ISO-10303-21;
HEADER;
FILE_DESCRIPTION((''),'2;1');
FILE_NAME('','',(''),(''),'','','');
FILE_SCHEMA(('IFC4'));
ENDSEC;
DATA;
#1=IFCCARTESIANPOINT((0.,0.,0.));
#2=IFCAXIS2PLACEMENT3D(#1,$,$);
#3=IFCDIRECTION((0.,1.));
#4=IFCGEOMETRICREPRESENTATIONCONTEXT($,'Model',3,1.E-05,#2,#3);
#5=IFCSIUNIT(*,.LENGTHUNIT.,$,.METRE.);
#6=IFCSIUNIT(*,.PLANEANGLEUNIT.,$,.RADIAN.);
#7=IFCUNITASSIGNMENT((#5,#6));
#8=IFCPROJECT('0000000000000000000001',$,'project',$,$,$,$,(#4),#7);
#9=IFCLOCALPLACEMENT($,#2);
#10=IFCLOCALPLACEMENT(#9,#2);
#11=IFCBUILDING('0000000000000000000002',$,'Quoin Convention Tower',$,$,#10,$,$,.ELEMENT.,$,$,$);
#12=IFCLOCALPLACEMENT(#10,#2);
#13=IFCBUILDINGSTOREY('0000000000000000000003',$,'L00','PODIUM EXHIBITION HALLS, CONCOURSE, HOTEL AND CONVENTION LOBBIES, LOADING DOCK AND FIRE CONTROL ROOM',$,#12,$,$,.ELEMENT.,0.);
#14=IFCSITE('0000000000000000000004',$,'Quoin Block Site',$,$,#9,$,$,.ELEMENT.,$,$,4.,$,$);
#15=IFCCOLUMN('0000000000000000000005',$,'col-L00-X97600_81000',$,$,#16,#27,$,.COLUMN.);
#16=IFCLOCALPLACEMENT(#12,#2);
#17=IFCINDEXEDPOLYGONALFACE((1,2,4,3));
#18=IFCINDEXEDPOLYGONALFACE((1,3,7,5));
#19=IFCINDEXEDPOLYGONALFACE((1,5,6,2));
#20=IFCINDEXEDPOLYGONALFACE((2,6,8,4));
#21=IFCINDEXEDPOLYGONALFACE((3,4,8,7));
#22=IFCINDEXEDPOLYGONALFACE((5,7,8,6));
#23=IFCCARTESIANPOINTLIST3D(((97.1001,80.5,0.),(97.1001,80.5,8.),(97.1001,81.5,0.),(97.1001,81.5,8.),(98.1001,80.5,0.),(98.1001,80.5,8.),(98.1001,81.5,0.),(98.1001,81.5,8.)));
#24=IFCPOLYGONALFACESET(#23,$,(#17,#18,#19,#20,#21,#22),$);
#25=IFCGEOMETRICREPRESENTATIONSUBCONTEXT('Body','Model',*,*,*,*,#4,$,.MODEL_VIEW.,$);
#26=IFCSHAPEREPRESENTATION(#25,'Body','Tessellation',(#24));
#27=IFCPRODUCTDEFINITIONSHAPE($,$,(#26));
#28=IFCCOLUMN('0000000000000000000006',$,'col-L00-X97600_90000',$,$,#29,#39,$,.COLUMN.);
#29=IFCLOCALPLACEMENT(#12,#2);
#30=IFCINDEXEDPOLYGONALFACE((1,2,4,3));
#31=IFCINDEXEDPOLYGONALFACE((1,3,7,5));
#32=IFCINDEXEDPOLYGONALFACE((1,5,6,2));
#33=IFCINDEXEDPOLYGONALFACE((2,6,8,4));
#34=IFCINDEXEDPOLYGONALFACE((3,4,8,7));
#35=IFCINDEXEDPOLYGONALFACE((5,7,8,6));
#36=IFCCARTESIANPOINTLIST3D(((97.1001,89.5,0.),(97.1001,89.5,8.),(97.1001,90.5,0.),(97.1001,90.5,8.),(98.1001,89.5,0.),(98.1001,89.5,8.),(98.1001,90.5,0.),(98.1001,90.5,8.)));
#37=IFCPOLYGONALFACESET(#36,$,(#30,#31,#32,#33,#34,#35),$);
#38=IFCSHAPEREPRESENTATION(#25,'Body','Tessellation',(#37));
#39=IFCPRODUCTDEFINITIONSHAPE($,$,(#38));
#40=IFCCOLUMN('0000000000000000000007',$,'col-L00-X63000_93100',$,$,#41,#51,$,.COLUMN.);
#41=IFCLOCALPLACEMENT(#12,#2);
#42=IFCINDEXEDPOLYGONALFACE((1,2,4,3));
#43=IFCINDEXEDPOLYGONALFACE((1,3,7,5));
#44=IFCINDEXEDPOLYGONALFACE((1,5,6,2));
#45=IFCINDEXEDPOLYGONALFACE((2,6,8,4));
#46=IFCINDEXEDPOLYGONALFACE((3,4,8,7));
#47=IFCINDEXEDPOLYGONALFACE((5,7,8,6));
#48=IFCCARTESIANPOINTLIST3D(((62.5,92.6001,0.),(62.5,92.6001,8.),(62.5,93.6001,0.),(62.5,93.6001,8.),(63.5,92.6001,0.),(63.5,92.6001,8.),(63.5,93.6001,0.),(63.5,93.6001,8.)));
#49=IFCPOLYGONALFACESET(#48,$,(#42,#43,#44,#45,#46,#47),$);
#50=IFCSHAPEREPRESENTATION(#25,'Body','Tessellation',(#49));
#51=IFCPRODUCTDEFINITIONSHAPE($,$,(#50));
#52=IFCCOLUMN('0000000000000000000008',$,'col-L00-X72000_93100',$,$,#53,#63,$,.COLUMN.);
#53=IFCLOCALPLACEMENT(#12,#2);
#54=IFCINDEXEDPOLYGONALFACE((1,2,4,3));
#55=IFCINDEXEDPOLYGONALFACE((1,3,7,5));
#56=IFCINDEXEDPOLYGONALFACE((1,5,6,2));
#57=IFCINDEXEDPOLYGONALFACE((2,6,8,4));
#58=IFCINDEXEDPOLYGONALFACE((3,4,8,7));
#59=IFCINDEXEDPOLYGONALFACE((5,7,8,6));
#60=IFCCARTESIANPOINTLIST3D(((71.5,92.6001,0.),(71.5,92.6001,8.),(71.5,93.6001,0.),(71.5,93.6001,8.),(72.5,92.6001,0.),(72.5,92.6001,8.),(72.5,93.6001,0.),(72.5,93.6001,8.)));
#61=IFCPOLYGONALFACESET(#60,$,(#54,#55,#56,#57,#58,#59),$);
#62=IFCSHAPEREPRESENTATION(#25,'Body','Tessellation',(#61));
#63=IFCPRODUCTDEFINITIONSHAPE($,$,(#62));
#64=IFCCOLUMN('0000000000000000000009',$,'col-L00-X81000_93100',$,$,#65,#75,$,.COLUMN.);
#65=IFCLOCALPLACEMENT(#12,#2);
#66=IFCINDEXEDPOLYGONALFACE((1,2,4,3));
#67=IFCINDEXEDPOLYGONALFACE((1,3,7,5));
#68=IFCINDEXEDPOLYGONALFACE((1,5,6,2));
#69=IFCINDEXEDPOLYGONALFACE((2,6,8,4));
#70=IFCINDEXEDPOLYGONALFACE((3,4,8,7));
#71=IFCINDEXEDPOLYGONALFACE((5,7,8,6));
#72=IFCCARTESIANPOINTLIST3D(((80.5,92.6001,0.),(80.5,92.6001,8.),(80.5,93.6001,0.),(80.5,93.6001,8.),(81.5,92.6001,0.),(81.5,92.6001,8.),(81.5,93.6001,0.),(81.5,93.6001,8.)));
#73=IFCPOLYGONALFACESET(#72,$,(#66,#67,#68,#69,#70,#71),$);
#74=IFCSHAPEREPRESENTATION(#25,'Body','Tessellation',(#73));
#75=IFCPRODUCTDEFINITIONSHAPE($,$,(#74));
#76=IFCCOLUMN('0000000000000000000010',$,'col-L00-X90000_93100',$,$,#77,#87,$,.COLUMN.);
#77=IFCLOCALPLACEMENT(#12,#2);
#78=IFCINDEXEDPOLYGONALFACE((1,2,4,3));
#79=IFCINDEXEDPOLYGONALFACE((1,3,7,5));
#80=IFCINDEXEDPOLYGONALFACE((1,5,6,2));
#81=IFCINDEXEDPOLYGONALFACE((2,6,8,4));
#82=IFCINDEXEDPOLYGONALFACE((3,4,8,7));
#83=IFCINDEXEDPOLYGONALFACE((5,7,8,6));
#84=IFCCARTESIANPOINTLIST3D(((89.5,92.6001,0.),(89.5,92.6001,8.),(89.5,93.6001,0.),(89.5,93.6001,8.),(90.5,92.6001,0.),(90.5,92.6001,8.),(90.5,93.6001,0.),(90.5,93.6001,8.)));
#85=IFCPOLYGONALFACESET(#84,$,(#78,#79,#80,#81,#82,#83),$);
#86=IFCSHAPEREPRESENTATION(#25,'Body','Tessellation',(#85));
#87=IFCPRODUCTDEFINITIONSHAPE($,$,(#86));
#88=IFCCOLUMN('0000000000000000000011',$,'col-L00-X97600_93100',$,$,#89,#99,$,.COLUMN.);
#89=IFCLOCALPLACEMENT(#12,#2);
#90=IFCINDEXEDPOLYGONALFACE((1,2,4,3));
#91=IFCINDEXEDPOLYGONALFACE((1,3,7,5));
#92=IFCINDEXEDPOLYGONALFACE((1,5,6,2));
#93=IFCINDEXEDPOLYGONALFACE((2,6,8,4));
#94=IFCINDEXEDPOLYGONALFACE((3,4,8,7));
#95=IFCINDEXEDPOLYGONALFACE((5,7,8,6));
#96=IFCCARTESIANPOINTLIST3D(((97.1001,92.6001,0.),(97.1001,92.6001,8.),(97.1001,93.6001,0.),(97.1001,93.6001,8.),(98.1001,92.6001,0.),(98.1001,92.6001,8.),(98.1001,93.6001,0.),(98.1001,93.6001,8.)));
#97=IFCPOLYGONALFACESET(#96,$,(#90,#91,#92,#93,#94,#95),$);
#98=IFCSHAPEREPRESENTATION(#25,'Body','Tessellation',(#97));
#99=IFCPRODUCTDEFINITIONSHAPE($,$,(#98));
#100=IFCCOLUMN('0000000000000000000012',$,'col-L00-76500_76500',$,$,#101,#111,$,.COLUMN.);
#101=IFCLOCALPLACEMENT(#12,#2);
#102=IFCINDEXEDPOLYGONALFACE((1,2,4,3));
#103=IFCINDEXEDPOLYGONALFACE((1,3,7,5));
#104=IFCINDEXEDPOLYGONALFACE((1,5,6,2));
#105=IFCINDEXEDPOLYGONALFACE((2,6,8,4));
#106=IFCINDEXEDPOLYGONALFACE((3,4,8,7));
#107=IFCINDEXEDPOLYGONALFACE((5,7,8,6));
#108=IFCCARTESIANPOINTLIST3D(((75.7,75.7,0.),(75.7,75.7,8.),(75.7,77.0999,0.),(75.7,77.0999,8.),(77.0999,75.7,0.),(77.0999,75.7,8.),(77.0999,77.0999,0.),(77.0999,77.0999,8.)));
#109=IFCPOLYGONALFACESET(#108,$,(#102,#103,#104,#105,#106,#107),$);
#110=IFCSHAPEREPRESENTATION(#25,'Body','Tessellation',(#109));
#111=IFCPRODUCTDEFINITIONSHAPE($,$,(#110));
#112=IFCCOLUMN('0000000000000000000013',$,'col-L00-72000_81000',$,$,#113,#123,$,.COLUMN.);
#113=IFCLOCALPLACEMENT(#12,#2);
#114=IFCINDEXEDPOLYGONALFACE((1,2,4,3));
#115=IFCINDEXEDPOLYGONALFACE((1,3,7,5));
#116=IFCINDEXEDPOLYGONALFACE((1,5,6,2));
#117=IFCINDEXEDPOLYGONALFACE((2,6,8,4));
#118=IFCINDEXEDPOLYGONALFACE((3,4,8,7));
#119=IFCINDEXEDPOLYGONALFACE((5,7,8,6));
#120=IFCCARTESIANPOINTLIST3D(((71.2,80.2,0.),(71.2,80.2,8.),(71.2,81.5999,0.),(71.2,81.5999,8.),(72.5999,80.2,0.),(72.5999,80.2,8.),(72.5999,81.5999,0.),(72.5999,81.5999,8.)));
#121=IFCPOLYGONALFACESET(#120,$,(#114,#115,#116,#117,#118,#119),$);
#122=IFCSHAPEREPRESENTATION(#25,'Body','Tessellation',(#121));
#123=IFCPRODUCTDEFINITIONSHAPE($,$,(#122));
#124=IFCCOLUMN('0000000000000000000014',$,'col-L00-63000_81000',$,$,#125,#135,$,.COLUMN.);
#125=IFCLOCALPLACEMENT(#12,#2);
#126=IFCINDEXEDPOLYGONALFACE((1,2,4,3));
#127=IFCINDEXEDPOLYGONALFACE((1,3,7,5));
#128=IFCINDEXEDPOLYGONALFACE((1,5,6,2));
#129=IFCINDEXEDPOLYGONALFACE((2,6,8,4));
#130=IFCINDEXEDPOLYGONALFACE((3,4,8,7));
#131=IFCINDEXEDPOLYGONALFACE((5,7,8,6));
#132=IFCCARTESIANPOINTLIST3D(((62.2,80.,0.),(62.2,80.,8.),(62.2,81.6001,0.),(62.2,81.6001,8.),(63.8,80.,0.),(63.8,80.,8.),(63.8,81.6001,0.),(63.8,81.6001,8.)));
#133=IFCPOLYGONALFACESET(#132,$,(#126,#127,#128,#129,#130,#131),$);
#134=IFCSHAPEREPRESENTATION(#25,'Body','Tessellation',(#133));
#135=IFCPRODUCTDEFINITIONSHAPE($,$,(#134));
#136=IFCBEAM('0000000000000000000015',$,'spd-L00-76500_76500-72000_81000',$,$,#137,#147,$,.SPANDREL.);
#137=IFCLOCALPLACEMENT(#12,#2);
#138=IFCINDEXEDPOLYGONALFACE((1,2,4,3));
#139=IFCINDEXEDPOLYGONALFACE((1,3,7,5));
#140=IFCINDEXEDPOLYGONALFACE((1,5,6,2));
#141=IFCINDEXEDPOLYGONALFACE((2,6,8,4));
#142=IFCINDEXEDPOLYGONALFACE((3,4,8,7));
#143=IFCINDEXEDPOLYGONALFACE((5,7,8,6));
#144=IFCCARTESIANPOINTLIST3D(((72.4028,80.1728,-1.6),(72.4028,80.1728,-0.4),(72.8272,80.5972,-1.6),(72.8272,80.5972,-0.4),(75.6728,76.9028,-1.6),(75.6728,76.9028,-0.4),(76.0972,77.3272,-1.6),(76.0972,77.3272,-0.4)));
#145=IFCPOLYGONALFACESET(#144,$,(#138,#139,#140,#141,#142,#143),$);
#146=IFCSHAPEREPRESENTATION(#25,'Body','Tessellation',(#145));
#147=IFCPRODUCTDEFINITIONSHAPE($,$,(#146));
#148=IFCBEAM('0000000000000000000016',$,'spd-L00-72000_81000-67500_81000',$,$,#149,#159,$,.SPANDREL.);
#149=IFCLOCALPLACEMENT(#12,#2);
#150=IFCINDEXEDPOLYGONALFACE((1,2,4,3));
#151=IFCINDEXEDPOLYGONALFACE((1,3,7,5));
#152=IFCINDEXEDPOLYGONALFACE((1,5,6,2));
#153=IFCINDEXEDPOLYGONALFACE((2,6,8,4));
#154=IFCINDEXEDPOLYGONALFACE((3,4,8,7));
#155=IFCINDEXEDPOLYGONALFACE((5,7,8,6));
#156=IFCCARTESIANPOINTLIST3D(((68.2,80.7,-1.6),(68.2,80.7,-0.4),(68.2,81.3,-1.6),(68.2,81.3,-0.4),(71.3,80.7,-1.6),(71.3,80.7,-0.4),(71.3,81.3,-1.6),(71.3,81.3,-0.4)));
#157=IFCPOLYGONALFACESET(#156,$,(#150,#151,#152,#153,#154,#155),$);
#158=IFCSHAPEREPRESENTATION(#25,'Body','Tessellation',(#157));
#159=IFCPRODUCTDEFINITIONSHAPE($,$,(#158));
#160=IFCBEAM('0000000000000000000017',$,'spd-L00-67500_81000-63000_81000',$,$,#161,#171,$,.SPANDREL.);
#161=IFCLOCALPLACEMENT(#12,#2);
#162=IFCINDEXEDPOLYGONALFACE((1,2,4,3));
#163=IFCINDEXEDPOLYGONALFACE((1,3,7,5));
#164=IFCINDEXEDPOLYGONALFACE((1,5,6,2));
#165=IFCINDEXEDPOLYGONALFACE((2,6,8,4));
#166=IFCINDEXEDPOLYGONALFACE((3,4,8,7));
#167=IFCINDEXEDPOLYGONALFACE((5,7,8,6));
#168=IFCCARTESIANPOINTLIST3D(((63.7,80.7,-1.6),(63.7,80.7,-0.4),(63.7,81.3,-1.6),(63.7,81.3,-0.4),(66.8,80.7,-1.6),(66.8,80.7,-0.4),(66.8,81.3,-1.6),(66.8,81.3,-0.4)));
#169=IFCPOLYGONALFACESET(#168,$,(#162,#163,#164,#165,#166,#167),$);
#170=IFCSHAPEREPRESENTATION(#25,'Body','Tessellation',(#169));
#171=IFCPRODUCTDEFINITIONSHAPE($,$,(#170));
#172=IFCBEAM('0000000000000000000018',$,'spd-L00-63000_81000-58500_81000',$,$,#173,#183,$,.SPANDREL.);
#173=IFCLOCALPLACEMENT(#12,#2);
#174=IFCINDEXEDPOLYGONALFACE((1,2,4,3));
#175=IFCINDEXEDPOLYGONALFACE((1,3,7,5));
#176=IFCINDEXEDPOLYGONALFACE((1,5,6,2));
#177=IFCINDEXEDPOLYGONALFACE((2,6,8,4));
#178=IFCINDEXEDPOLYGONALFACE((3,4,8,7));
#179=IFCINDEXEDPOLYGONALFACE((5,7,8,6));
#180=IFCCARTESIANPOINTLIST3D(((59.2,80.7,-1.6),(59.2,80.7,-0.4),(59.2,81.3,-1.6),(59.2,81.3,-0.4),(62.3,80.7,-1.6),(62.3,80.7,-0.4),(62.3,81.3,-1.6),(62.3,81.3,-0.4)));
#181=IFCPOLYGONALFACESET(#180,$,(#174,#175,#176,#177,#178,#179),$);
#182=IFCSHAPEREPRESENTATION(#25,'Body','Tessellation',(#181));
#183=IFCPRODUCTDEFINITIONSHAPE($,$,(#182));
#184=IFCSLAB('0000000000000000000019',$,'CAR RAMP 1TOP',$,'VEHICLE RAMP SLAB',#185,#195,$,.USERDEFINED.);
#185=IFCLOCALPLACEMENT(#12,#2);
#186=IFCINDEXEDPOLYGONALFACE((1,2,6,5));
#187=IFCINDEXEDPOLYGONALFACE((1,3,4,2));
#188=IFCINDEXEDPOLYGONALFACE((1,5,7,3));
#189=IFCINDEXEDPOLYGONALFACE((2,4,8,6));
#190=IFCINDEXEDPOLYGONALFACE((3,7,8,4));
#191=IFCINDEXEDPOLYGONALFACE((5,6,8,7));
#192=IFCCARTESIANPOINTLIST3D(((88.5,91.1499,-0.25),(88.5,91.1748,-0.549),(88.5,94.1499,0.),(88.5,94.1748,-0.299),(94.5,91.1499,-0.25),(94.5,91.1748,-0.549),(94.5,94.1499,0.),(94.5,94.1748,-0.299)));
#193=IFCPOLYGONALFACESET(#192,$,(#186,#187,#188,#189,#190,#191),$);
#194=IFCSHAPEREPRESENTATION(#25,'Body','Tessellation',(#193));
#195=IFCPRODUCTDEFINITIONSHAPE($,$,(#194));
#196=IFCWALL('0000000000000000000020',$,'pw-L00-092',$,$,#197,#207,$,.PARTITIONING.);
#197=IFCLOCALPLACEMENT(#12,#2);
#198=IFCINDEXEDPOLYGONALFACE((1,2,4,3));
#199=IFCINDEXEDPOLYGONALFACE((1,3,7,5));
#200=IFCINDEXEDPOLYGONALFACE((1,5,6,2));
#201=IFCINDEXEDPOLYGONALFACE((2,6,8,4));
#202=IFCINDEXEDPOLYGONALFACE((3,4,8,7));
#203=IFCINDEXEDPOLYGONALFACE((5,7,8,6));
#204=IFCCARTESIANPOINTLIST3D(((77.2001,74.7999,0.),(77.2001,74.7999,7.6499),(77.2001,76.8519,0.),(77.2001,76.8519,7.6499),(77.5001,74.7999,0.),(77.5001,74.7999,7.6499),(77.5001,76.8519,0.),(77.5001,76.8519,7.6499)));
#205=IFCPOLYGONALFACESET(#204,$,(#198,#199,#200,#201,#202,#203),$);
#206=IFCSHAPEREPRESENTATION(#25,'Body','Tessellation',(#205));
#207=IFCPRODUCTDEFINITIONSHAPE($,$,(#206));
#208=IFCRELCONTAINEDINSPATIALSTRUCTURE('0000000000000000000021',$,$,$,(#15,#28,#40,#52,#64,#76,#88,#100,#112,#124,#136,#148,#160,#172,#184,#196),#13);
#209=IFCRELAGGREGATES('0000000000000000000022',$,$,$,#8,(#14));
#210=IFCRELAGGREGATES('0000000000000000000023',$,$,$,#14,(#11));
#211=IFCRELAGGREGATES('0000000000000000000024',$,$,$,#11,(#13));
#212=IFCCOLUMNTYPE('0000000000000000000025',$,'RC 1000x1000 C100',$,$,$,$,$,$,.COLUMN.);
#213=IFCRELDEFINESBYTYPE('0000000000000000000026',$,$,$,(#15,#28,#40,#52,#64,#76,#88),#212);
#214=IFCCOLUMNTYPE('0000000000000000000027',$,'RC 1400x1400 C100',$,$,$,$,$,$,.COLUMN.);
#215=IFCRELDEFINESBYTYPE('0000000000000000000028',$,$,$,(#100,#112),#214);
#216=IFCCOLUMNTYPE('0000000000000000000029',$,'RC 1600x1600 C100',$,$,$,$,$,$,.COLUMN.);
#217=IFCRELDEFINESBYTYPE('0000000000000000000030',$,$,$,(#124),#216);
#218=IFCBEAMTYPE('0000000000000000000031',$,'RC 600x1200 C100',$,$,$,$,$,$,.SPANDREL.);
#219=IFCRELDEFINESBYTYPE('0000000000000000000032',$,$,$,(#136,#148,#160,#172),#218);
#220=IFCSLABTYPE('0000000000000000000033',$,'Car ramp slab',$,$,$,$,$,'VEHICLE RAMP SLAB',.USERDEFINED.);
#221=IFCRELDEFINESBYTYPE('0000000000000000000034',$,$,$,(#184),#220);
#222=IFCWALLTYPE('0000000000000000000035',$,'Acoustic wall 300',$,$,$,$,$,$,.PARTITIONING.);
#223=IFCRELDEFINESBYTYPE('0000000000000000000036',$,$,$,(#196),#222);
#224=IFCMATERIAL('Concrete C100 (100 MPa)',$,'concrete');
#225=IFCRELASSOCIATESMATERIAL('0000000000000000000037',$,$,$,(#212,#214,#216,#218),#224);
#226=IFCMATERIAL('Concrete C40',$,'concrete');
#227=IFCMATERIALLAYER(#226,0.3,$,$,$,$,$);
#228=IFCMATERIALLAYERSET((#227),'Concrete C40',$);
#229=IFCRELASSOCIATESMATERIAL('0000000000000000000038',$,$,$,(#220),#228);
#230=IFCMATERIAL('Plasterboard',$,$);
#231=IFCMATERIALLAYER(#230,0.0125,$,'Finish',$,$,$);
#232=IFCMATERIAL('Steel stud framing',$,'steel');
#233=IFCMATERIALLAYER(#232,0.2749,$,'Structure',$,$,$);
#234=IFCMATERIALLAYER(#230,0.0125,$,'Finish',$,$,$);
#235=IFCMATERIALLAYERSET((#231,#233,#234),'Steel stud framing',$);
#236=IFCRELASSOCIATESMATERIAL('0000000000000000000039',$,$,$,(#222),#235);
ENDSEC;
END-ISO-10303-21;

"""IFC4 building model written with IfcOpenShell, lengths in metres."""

from ifc_helpers import new_model, si_unit, direction, frame, frame_2d, origin, origin_2d, place, context, subcontext, project, spatial, polyline, rectangle, outline, extrude, material, layer, layer_set, material_profile, profile_set, type_object, element, save


model = new_model("IFC4")

# Units and contexts
model_context = context("Model", 3, precision=1e-05, world=origin(), true_north=direction((0.0, 1.0)))
body_context = subcontext(model_context, "Body", "Model", "MODEL_VIEW")
ifc_project = project(units=[si_unit("LENGTHUNIT", "METRE"), si_unit("PLANEANGLEUNIT", "RADIAN")], contexts=[model_context])

# Site, building, storey
site_placement = place(None, origin())
site = spatial("IfcSite", under=ifc_project, at=site_placement, Name="Quoin Block Site", CompositionType="ELEMENT", RefElevation=4.0)
building_placement = place(site_placement, origin())
building = spatial("IfcBuilding", under=site, at=building_placement, Name="Quoin Convention Tower", CompositionType="ELEMENT")
storey_placement = place(building_placement, origin())
storey = spatial("IfcBuildingStorey", under=building, at=storey_placement, Name="L00", Description="PODIUM EXHIBITION HALLS, CONCOURSE, HOTEL AND CONVENTION LOBBIES, LOADING DOCK AND FIRE CONTROL ROOM", CompositionType="ELEMENT", Elevation=0.0)

# Columns
ifc_material_1 = material(Name="Concrete C100 (100 MPa)", Category="concrete")
ifc_material_profile_1 = material_profile(ifc_material_1, rectangle(XDim=1.0, YDim=1.0, at=origin_2d()), Name="RC 1000x1000")
ifc_profile_set_1 = profile_set([ifc_material_profile_1], Name="Concrete C100 (100 MPa)")
column_type_1 = type_object("IfcColumnType", Name="RC 1000x1000 C100", PredefinedType="COLUMN", material=ifc_profile_set_1)
for number, where, z_axis, x_axis, name in (
    (1, (97.6001, 81.0, 0.0), (0.0, 0.0, 1.0), (1.0, 0.0, 0.0), "col-L00-X97600_81000"),
    (2, (97.6001, 90.0, 0.0), (0.0, 0.0, 1.0), (1.0, 0.0, 0.0), "col-L00-X97600_90000"),
    (3, (63.0, 93.1001, 0.0), (0.0, 0.0, 1.0), (1.0, 0.0, 0.0), "col-L00-X63000_93100"),
    (4, (72.0, 93.1001, 0.0), (0.0, 0.0, 1.0), (1.0, 0.0, 0.0), "col-L00-X72000_93100"),
    (5, (81.0, 93.1001, 0.0), (0.0, 0.0, 1.0), (1.0, 0.0, 0.0), "col-L00-X81000_93100"),
    (6, (90.0, 93.1001, 0.0), (0.0, 0.0, 1.0), (1.0, 0.0, 0.0), "col-L00-X90000_93100"),
    (7, (97.6001, 93.1001, 0.0), (0.0, 0.0, 1.0), (1.0, 0.0, 0.0), "col-L00-X97600_93100"),
):
    element("IfcColumn", number, at=place(storey_placement, frame(where, z_axis=z_axis, x_axis=x_axis)), inside=storey, type_object=column_type_1, Name=name, PredefinedType="COLUMN", context=body_context, shape_type="SweptSolid", body=[
        extrude(rectangle(XDim=1.0, YDim=1.0, at=origin_2d()), origin(), (0.0, 0.0, 1.0), 8.0),
    ])
ifc_material_profile_2 = material_profile(ifc_material_1, rectangle(XDim=1.3999, YDim=1.3999, at=origin_2d()), Name="RC 1400x1400")
ifc_profile_set_2 = profile_set([ifc_material_profile_2], Name="Concrete C100 (100 MPa)")
column_type_2 = type_object("IfcColumnType", Name="RC 1400x1400 C100", PredefinedType="COLUMN", material=ifc_profile_set_2)
for number, where, z_axis, x_axis, name in (
    (8, (76.3999, 76.3999, 0.0), (0.0, 0.0, 1.0), (1.0, 0.0, 0.0), "col-L00-76500_76500"),
    (9, (71.8999, 80.8999, 0.0), (0.0, 0.0, 1.0), (1.0, 0.0, 0.0), "col-L00-72000_81000"),
):
    element("IfcColumn", number, at=place(storey_placement, frame(where, z_axis=z_axis, x_axis=x_axis)), inside=storey, type_object=column_type_2, Name=name, PredefinedType="COLUMN", context=body_context, shape_type="SweptSolid", body=[
        extrude(rectangle(XDim=1.3999, YDim=1.3999, at=origin_2d()), origin(), (0.0, 0.0, 1.0), 8.0),
    ])
ifc_material_profile_3 = material_profile(ifc_material_1, rectangle(XDim=1.6001, YDim=1.6001, at=origin_2d()), Name="RC 1600x1600")
ifc_profile_set_3 = profile_set([ifc_material_profile_3], Name="Concrete C100 (100 MPa)")
column_type_3 = type_object("IfcColumnType", Name="RC 1600x1600 C100", PredefinedType="COLUMN", material=ifc_profile_set_3)
column_placement = place(storey_placement, frame((63.0, 80.8, 0.0), z_axis=(0.0, 0.0, 1.0), x_axis=(1.0, 0.0, 0.0)))
element("IfcColumn", 10, at=column_placement, inside=storey, type_object=column_type_3, Name="col-L00-63000_81000", PredefinedType="COLUMN", context=body_context, shape_type="SweptSolid", body=[
    extrude(rectangle(XDim=1.6001, YDim=1.6001, at=origin_2d()), origin(), (0.0, 0.0, 1.0), 8.0),
])

# Beams
ifc_material_profile_4 = material_profile(ifc_material_1, rectangle(XDim=0.6001, YDim=1.2, at=origin_2d()), Name="RC 600x1200")
ifc_profile_set_4 = profile_set([ifc_material_profile_4], Name="Concrete C100 (100 MPa)")
beam_type = type_object("IfcBeamType", Name="RC 600x1200 C100", PredefinedType="SPANDREL", material=ifc_profile_set_4)
beam_placement = place(storey_placement, frame((75.885, 77.115, -1.0), z_axis=(-0.707107, 0.707107, 0.0), x_axis=(-0.707107, -0.707107, 0.0)))
element("IfcBeam", 11, at=beam_placement, inside=storey, type_object=beam_type, Name="spd-L00-76500_76500-72000_81000", PredefinedType="SPANDREL", context=body_context, shape_type="SweptSolid", body=[
    extrude(rectangle(XDim=0.6001, YDim=1.2, at=origin_2d()), origin(), (0.0, 0.0, 1.0), 4.6245),
])
for number, where, z_axis, x_axis, name in (
    (12, (71.3, 81.0, -1.0), (-1.0, 0.0, 0.0), (0.0, -1.0, 0.0), "spd-L00-72000_81000-67500_81000"),
    (13, (66.8, 81.0, -1.0), (-1.0, 0.0, 0.0), (0.0, -1.0, 0.0), "spd-L00-67500_81000-63000_81000"),
    (14, (62.3, 81.0, -1.0), (-1.0, 0.0, 0.0), (0.0, -1.0, 0.0), "spd-L00-63000_81000-58500_81000"),
):
    element("IfcBeam", number, at=place(storey_placement, frame(where, z_axis=z_axis, x_axis=x_axis)), inside=storey, type_object=beam_type, Name=name, PredefinedType="SPANDREL", context=body_context, shape_type="SweptSolid", body=[
        extrude(rectangle(XDim=0.6001, YDim=1.2, at=origin_2d()), origin(), (0.0, 0.0, 1.0), 3.1001),
    ])

# Slab
ifc_material_2 = material(Name="Concrete C40", Category="concrete")
ifc_layer_1 = layer(ifc_material_2, 0.3)
ifc_layer_set_1 = layer_set([ifc_layer_1], Name="Concrete C40")
slab_type = type_object("IfcSlabType", Name="Car ramp slab", ElementType="VEHICLE RAMP SLAB", PredefinedType="USERDEFINED", material=ifc_layer_set_1)
slab_placement = place(storey_placement, frame((88.5, 94.1499, 0.0), z_axis=(0.0, -0.083045, 0.996546), x_axis=(1.0, 0.0, 0.0)))
element("IfcSlab", 15, at=slab_placement, inside=storey, type_object=slab_type, Name="CAR RAMP 1TOP", ObjectType="VEHICLE RAMP SLAB", PredefinedType="USERDEFINED", context=body_context, shape_type="SweptSolid", body=[
    extrude(outline(polyline([(0.0, 0.0), (6.0, 0.0), (6.0, -3.0104), (0.0, -3.0104), (0.0, 0.0)])), origin(), (0.0, 0.0, -1.0), 0.3),
])

# Wall
ifc_material_3 = material(Name="Plasterboard")
ifc_layer_2 = layer(ifc_material_3, 0.0125, Name="Finish")
ifc_material_4 = material(Name="Steel stud framing", Category="steel")
ifc_layer_3 = layer(ifc_material_4, 0.2749, Name="Structure")
ifc_layer_4 = layer(ifc_material_3, 0.0125, Name="Finish")
ifc_layer_set_2 = layer_set([ifc_layer_2, ifc_layer_3, ifc_layer_4], Name="Steel stud framing")
wall_type_1 = type_object("IfcWallType", Name="Acoustic wall 300", PredefinedType="PARTITIONING", material=ifc_layer_set_2)
wall_1_placement = place(storey_placement, frame((77.3501, 74.8, 0.0), z_axis=(0.0, 0.0, 1.0), x_axis=(0.0, 1.0, 0.0)))
element("IfcWall", 16, at=wall_1_placement, inside=storey, type_object=wall_type_1, Name="pw-L00-092", PredefinedType="PARTITIONING", context=body_context, shape_type="SweptSolid", body=[
    extrude(rectangle(XDim=2.052, YDim=0.3, at=frame_2d((1.0259, 0.0))), origin(), (0.0, 0.0, 1.0), 7.6499),
])

save(model, "model.ifc")
